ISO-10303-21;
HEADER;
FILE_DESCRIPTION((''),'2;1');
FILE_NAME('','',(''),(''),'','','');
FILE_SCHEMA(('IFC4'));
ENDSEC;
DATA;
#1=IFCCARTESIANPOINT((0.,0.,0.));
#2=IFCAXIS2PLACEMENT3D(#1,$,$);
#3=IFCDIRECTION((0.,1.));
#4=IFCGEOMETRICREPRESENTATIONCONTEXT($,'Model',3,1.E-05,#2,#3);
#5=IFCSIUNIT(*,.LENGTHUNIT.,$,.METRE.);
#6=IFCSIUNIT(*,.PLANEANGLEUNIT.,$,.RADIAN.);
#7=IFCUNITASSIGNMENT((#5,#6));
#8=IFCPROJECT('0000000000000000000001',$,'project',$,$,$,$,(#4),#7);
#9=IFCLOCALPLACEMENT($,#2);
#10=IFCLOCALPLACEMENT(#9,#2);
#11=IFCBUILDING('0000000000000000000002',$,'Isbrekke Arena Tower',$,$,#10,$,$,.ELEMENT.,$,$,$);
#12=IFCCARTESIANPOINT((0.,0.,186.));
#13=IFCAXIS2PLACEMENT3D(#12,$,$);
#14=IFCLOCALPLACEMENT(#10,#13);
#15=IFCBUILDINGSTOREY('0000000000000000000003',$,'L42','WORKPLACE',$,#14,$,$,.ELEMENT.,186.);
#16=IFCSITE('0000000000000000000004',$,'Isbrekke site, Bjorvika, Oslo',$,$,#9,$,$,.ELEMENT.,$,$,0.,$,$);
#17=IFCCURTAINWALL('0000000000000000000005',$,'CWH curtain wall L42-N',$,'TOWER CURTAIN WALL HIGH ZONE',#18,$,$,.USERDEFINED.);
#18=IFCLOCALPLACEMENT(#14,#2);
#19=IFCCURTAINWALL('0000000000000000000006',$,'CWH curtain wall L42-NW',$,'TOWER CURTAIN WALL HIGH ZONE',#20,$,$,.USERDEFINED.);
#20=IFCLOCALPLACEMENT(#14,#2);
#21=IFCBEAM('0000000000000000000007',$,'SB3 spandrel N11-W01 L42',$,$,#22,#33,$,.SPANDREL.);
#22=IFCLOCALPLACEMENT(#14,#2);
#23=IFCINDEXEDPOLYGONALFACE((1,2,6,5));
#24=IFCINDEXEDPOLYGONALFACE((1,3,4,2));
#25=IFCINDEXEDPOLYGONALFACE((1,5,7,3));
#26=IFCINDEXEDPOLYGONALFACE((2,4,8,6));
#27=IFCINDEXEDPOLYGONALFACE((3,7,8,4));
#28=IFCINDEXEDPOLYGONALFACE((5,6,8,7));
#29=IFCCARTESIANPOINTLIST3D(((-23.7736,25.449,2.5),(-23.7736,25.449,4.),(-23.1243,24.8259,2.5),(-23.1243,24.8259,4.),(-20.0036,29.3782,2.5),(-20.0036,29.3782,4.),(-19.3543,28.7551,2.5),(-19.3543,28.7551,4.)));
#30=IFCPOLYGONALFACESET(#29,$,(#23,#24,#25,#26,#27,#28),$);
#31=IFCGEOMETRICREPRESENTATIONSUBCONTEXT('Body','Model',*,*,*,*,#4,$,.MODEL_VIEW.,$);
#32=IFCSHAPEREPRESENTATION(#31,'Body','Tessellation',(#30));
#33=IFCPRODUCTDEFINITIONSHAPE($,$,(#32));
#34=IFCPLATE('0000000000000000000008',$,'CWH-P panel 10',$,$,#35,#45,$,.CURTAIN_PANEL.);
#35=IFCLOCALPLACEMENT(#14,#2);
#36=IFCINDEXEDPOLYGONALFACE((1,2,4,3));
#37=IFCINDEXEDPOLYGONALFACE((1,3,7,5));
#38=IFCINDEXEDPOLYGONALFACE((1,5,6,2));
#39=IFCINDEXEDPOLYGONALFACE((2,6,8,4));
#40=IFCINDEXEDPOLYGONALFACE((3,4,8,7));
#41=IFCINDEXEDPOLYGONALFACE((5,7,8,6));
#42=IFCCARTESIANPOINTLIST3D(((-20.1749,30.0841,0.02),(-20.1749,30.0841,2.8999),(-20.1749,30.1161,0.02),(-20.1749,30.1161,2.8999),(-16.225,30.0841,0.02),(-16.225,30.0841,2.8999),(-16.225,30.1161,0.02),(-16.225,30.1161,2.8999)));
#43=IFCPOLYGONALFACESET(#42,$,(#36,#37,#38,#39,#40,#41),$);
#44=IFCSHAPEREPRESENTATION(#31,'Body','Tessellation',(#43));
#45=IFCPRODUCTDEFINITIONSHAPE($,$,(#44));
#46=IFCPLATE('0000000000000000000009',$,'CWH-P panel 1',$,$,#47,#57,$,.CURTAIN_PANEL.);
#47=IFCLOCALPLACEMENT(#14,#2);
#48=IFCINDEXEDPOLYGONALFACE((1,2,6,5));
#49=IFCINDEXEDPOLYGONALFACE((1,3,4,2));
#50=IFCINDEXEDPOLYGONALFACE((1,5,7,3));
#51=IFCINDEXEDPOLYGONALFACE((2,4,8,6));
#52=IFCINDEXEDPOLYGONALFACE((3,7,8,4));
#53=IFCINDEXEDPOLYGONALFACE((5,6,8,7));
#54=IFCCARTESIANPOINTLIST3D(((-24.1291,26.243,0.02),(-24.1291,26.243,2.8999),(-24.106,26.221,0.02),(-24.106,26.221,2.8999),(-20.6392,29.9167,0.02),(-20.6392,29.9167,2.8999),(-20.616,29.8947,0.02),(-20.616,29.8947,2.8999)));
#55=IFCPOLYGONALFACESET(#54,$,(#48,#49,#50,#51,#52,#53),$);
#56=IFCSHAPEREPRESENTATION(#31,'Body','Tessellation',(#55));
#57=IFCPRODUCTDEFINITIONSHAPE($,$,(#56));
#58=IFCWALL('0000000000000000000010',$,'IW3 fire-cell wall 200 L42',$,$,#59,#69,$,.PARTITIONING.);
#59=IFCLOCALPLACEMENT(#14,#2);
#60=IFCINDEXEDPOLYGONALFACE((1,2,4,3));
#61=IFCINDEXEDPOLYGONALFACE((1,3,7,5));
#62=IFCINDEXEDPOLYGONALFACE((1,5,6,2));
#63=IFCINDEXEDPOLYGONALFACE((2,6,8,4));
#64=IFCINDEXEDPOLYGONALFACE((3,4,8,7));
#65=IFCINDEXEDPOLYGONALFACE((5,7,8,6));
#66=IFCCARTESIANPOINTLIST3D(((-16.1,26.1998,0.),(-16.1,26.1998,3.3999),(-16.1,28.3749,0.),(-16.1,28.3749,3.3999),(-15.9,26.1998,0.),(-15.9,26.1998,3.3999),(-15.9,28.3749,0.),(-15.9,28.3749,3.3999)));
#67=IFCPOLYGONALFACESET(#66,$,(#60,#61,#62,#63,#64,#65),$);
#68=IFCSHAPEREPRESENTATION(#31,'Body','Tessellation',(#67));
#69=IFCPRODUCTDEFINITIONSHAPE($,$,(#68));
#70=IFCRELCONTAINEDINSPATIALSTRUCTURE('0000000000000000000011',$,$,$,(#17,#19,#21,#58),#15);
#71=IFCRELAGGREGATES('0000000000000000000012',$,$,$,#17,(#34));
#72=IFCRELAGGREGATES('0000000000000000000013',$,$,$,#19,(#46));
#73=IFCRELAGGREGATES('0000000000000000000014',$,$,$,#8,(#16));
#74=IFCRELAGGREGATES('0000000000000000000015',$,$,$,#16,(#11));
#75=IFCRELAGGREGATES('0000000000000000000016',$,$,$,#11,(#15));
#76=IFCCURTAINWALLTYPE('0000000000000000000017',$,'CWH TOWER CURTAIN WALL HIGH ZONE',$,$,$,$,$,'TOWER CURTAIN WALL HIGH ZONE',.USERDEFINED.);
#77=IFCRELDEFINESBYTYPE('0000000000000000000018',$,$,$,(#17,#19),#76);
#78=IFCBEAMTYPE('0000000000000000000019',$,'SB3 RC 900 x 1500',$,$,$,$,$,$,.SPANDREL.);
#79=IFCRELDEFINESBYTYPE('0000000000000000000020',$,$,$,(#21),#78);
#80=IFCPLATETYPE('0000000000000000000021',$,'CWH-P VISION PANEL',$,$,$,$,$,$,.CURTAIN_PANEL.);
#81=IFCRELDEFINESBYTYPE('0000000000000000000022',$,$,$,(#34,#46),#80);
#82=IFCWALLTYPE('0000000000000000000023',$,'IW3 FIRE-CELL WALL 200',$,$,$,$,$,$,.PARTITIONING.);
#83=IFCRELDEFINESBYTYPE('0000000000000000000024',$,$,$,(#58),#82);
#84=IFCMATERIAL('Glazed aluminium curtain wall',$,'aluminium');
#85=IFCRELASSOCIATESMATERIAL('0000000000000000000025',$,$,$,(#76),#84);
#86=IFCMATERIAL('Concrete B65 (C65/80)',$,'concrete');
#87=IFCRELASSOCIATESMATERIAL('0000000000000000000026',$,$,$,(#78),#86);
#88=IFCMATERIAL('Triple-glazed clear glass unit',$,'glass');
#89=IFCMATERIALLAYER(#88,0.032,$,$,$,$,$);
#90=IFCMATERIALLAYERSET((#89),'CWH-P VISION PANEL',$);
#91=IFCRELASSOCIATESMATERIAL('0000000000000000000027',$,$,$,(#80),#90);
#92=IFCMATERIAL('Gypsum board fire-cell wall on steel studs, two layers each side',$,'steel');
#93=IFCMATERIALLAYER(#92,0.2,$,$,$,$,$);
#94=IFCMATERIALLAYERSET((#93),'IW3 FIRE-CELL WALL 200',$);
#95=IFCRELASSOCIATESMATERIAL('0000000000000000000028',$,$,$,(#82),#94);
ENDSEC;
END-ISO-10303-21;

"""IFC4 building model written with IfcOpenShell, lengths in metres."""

from ifc_helpers import new_model, si_unit, direction, frame, frame_2d, origin, origin_2d, place, context, subcontext, project, spatial, rectangle, extrude, material, layer, layer_set, material_profile, profile_set, type_object, element, aggregate, save


model = new_model("IFC4")

# Units and contexts
model_context = context("Model", 3, precision=1e-05, world=origin(), true_north=direction((0.0, 1.0)))
body_context = subcontext(model_context, "Body", "Model", "MODEL_VIEW")
ifc_project = project(units=[si_unit("LENGTHUNIT", "METRE"), si_unit("PLANEANGLEUNIT", "RADIAN")], contexts=[model_context])

# Site, building, storey
site_placement = place(None, origin())
site = spatial("IfcSite", under=ifc_project, at=site_placement, Name="Isbrekke site, Bjorvika, Oslo", CompositionType="ELEMENT", RefElevation=0.0)
building_placement = place(site_placement, origin())
building = spatial("IfcBuilding", under=site, at=building_placement, Name="Isbrekke Arena Tower", CompositionType="ELEMENT")
storey_placement = place(building_placement, frame((0.0, 0.0, 186.0)))
storey = spatial("IfcBuildingStorey", under=building, at=storey_placement, Name="L42", Description="WORKPLACE", CompositionType="ELEMENT", Elevation=186.0)

# Curtain wall
ifc_material_1 = material(Name="Glazed aluminium curtain wall", Category="aluminium")
curtain_wall_type = type_object("IfcCurtainWallType", Name="CWH TOWER CURTAIN WALL HIGH ZONE", ElementType="TOWER CURTAIN WALL HIGH ZONE", PredefinedType="USERDEFINED", material=ifc_material_1)
curtain_wall_1_placement = place(storey_placement, origin())
curtain_wall_1 = element("IfcCurtainWall", 1, at=curtain_wall_1_placement, inside=storey, type_object=curtain_wall_type, Name="CWH curtain wall L42-N", ObjectType="TOWER CURTAIN WALL HIGH ZONE", PredefinedType="USERDEFINED")

# Curtain wall
curtain_wall_2_placement = place(storey_placement, origin())
curtain_wall_2 = element("IfcCurtainWall", 2, at=curtain_wall_2_placement, inside=storey, type_object=curtain_wall_type, Name="CWH curtain wall L42-NW", ObjectType="TOWER CURTAIN WALL HIGH ZONE", PredefinedType="USERDEFINED")

# Beam
ifc_material_2 = material(Name="Concrete B65 (C65/80)", Category="concrete")
ifc_material_profile_1 = material_profile(ifc_material_2, rectangle(XDim=0.8999, YDim=1.5, at=origin_2d()), Name="RC 900x1500")
ifc_profile_set_1 = profile_set([ifc_material_profile_1], Name="Concrete B65 (C65/80)")
beam_type_1 = type_object("IfcBeamType", Name="SB3 RC 900 x 1500", PredefinedType="SPANDREL", material=ifc_profile_set_1)
beam_1_placement = place(storey_placement, frame((-19.679, 29.0667, 3.25), z_axis=(-0.69234, -0.721572, 0.0), x_axis=(0.721572, -0.69234, 0.0)))
element("IfcBeam", 3, at=beam_1_placement, inside=storey, type_object=beam_type_1, Name="SB3 spandrel N11-W01 L42", PredefinedType="SPANDREL", context=body_context, shape_type="SweptSolid", body=[
    extrude(rectangle(XDim=0.8999, YDim=1.5, at=origin_2d()), origin(), (0.0, 0.0, 1.0), 5.4453),
])

# Plates
ifc_material_3 = material(Name="Triple-glazed clear glass unit", Category="glass")
ifc_layer_1 = layer(ifc_material_3, 0.032)
ifc_layer_set_1 = layer_set([ifc_layer_1], Name="CWH-P VISION PANEL")
plate_type = type_object("IfcPlateType", Name="CWH-P VISION PANEL", PredefinedType="CURTAIN_PANEL", material=ifc_layer_set_1)
plate_1_placement = place(storey_placement, frame((-18.2, 30.1001, 0.02), z_axis=(0.0, 0.0, 1.0), x_axis=(-1.0, 0.0, 0.0)))
plate_1 = element("IfcPlate", 4, at=plate_1_placement, type_object=plate_type, Name="CWH-P panel 10", PredefinedType="CURTAIN_PANEL", context=body_context, shape_type="SweptSolid", body=[
    extrude(rectangle(XDim=3.95, YDim=0.032, at=origin_2d()), origin(), (0.0, 0.0, 1.0), 2.8799),
])
aggregate(curtain_wall_1, [plate_1])
plate_2_placement = place(storey_placement, frame((-22.3726, 28.0688, 0.02), z_axis=(0.0, 0.0, 1.0), x_axis=(-0.688749, -0.724999, 0.0)))
plate_2 = element("IfcPlate", 5, at=plate_2_placement, type_object=plate_type, Name="CWH-P panel 1", PredefinedType="CURTAIN_PANEL", context=body_context, shape_type="SweptSolid", body=[
    extrude(rectangle(XDim=5.0671, YDim=0.032, at=origin_2d()), origin(), (0.0, 0.0, 1.0), 2.8799),
])
aggregate(curtain_wall_2, [plate_2])

# Shared definitions
ifc_material_4 = material(Name="Gypsum board fire-cell wall on steel studs, two layers each side", Category="steel")
ifc_layer_2 = layer(ifc_material_4, 0.2)
ifc_layer_set_2 = layer_set([ifc_layer_2], Name="IW3 FIRE-CELL WALL 200")
wall_type = type_object("IfcWallType", Name="IW3 FIRE-CELL WALL 200", PredefinedType="PARTITIONING", material=ifc_layer_set_2)

# Wall
wall_1_placement = place(storey_placement, frame((-16.0, 26.2, 0.0), z_axis=(0.0, 0.0, 1.0), x_axis=(0.0, 1.0, 0.0)))
element("IfcWall", 6, at=wall_1_placement, inside=storey, type_object=wall_type, Name="IW3 fire-cell wall 200 L42", PredefinedType="PARTITIONING", context=body_context, shape_type="SweptSolid", body=[
    extrude(rectangle(XDim=2.175, YDim=0.2, at=frame_2d((1.0874, 0.0))), origin(), (0.0, 0.0, 1.0), 3.3999),
])

save(model, "model.ifc")
